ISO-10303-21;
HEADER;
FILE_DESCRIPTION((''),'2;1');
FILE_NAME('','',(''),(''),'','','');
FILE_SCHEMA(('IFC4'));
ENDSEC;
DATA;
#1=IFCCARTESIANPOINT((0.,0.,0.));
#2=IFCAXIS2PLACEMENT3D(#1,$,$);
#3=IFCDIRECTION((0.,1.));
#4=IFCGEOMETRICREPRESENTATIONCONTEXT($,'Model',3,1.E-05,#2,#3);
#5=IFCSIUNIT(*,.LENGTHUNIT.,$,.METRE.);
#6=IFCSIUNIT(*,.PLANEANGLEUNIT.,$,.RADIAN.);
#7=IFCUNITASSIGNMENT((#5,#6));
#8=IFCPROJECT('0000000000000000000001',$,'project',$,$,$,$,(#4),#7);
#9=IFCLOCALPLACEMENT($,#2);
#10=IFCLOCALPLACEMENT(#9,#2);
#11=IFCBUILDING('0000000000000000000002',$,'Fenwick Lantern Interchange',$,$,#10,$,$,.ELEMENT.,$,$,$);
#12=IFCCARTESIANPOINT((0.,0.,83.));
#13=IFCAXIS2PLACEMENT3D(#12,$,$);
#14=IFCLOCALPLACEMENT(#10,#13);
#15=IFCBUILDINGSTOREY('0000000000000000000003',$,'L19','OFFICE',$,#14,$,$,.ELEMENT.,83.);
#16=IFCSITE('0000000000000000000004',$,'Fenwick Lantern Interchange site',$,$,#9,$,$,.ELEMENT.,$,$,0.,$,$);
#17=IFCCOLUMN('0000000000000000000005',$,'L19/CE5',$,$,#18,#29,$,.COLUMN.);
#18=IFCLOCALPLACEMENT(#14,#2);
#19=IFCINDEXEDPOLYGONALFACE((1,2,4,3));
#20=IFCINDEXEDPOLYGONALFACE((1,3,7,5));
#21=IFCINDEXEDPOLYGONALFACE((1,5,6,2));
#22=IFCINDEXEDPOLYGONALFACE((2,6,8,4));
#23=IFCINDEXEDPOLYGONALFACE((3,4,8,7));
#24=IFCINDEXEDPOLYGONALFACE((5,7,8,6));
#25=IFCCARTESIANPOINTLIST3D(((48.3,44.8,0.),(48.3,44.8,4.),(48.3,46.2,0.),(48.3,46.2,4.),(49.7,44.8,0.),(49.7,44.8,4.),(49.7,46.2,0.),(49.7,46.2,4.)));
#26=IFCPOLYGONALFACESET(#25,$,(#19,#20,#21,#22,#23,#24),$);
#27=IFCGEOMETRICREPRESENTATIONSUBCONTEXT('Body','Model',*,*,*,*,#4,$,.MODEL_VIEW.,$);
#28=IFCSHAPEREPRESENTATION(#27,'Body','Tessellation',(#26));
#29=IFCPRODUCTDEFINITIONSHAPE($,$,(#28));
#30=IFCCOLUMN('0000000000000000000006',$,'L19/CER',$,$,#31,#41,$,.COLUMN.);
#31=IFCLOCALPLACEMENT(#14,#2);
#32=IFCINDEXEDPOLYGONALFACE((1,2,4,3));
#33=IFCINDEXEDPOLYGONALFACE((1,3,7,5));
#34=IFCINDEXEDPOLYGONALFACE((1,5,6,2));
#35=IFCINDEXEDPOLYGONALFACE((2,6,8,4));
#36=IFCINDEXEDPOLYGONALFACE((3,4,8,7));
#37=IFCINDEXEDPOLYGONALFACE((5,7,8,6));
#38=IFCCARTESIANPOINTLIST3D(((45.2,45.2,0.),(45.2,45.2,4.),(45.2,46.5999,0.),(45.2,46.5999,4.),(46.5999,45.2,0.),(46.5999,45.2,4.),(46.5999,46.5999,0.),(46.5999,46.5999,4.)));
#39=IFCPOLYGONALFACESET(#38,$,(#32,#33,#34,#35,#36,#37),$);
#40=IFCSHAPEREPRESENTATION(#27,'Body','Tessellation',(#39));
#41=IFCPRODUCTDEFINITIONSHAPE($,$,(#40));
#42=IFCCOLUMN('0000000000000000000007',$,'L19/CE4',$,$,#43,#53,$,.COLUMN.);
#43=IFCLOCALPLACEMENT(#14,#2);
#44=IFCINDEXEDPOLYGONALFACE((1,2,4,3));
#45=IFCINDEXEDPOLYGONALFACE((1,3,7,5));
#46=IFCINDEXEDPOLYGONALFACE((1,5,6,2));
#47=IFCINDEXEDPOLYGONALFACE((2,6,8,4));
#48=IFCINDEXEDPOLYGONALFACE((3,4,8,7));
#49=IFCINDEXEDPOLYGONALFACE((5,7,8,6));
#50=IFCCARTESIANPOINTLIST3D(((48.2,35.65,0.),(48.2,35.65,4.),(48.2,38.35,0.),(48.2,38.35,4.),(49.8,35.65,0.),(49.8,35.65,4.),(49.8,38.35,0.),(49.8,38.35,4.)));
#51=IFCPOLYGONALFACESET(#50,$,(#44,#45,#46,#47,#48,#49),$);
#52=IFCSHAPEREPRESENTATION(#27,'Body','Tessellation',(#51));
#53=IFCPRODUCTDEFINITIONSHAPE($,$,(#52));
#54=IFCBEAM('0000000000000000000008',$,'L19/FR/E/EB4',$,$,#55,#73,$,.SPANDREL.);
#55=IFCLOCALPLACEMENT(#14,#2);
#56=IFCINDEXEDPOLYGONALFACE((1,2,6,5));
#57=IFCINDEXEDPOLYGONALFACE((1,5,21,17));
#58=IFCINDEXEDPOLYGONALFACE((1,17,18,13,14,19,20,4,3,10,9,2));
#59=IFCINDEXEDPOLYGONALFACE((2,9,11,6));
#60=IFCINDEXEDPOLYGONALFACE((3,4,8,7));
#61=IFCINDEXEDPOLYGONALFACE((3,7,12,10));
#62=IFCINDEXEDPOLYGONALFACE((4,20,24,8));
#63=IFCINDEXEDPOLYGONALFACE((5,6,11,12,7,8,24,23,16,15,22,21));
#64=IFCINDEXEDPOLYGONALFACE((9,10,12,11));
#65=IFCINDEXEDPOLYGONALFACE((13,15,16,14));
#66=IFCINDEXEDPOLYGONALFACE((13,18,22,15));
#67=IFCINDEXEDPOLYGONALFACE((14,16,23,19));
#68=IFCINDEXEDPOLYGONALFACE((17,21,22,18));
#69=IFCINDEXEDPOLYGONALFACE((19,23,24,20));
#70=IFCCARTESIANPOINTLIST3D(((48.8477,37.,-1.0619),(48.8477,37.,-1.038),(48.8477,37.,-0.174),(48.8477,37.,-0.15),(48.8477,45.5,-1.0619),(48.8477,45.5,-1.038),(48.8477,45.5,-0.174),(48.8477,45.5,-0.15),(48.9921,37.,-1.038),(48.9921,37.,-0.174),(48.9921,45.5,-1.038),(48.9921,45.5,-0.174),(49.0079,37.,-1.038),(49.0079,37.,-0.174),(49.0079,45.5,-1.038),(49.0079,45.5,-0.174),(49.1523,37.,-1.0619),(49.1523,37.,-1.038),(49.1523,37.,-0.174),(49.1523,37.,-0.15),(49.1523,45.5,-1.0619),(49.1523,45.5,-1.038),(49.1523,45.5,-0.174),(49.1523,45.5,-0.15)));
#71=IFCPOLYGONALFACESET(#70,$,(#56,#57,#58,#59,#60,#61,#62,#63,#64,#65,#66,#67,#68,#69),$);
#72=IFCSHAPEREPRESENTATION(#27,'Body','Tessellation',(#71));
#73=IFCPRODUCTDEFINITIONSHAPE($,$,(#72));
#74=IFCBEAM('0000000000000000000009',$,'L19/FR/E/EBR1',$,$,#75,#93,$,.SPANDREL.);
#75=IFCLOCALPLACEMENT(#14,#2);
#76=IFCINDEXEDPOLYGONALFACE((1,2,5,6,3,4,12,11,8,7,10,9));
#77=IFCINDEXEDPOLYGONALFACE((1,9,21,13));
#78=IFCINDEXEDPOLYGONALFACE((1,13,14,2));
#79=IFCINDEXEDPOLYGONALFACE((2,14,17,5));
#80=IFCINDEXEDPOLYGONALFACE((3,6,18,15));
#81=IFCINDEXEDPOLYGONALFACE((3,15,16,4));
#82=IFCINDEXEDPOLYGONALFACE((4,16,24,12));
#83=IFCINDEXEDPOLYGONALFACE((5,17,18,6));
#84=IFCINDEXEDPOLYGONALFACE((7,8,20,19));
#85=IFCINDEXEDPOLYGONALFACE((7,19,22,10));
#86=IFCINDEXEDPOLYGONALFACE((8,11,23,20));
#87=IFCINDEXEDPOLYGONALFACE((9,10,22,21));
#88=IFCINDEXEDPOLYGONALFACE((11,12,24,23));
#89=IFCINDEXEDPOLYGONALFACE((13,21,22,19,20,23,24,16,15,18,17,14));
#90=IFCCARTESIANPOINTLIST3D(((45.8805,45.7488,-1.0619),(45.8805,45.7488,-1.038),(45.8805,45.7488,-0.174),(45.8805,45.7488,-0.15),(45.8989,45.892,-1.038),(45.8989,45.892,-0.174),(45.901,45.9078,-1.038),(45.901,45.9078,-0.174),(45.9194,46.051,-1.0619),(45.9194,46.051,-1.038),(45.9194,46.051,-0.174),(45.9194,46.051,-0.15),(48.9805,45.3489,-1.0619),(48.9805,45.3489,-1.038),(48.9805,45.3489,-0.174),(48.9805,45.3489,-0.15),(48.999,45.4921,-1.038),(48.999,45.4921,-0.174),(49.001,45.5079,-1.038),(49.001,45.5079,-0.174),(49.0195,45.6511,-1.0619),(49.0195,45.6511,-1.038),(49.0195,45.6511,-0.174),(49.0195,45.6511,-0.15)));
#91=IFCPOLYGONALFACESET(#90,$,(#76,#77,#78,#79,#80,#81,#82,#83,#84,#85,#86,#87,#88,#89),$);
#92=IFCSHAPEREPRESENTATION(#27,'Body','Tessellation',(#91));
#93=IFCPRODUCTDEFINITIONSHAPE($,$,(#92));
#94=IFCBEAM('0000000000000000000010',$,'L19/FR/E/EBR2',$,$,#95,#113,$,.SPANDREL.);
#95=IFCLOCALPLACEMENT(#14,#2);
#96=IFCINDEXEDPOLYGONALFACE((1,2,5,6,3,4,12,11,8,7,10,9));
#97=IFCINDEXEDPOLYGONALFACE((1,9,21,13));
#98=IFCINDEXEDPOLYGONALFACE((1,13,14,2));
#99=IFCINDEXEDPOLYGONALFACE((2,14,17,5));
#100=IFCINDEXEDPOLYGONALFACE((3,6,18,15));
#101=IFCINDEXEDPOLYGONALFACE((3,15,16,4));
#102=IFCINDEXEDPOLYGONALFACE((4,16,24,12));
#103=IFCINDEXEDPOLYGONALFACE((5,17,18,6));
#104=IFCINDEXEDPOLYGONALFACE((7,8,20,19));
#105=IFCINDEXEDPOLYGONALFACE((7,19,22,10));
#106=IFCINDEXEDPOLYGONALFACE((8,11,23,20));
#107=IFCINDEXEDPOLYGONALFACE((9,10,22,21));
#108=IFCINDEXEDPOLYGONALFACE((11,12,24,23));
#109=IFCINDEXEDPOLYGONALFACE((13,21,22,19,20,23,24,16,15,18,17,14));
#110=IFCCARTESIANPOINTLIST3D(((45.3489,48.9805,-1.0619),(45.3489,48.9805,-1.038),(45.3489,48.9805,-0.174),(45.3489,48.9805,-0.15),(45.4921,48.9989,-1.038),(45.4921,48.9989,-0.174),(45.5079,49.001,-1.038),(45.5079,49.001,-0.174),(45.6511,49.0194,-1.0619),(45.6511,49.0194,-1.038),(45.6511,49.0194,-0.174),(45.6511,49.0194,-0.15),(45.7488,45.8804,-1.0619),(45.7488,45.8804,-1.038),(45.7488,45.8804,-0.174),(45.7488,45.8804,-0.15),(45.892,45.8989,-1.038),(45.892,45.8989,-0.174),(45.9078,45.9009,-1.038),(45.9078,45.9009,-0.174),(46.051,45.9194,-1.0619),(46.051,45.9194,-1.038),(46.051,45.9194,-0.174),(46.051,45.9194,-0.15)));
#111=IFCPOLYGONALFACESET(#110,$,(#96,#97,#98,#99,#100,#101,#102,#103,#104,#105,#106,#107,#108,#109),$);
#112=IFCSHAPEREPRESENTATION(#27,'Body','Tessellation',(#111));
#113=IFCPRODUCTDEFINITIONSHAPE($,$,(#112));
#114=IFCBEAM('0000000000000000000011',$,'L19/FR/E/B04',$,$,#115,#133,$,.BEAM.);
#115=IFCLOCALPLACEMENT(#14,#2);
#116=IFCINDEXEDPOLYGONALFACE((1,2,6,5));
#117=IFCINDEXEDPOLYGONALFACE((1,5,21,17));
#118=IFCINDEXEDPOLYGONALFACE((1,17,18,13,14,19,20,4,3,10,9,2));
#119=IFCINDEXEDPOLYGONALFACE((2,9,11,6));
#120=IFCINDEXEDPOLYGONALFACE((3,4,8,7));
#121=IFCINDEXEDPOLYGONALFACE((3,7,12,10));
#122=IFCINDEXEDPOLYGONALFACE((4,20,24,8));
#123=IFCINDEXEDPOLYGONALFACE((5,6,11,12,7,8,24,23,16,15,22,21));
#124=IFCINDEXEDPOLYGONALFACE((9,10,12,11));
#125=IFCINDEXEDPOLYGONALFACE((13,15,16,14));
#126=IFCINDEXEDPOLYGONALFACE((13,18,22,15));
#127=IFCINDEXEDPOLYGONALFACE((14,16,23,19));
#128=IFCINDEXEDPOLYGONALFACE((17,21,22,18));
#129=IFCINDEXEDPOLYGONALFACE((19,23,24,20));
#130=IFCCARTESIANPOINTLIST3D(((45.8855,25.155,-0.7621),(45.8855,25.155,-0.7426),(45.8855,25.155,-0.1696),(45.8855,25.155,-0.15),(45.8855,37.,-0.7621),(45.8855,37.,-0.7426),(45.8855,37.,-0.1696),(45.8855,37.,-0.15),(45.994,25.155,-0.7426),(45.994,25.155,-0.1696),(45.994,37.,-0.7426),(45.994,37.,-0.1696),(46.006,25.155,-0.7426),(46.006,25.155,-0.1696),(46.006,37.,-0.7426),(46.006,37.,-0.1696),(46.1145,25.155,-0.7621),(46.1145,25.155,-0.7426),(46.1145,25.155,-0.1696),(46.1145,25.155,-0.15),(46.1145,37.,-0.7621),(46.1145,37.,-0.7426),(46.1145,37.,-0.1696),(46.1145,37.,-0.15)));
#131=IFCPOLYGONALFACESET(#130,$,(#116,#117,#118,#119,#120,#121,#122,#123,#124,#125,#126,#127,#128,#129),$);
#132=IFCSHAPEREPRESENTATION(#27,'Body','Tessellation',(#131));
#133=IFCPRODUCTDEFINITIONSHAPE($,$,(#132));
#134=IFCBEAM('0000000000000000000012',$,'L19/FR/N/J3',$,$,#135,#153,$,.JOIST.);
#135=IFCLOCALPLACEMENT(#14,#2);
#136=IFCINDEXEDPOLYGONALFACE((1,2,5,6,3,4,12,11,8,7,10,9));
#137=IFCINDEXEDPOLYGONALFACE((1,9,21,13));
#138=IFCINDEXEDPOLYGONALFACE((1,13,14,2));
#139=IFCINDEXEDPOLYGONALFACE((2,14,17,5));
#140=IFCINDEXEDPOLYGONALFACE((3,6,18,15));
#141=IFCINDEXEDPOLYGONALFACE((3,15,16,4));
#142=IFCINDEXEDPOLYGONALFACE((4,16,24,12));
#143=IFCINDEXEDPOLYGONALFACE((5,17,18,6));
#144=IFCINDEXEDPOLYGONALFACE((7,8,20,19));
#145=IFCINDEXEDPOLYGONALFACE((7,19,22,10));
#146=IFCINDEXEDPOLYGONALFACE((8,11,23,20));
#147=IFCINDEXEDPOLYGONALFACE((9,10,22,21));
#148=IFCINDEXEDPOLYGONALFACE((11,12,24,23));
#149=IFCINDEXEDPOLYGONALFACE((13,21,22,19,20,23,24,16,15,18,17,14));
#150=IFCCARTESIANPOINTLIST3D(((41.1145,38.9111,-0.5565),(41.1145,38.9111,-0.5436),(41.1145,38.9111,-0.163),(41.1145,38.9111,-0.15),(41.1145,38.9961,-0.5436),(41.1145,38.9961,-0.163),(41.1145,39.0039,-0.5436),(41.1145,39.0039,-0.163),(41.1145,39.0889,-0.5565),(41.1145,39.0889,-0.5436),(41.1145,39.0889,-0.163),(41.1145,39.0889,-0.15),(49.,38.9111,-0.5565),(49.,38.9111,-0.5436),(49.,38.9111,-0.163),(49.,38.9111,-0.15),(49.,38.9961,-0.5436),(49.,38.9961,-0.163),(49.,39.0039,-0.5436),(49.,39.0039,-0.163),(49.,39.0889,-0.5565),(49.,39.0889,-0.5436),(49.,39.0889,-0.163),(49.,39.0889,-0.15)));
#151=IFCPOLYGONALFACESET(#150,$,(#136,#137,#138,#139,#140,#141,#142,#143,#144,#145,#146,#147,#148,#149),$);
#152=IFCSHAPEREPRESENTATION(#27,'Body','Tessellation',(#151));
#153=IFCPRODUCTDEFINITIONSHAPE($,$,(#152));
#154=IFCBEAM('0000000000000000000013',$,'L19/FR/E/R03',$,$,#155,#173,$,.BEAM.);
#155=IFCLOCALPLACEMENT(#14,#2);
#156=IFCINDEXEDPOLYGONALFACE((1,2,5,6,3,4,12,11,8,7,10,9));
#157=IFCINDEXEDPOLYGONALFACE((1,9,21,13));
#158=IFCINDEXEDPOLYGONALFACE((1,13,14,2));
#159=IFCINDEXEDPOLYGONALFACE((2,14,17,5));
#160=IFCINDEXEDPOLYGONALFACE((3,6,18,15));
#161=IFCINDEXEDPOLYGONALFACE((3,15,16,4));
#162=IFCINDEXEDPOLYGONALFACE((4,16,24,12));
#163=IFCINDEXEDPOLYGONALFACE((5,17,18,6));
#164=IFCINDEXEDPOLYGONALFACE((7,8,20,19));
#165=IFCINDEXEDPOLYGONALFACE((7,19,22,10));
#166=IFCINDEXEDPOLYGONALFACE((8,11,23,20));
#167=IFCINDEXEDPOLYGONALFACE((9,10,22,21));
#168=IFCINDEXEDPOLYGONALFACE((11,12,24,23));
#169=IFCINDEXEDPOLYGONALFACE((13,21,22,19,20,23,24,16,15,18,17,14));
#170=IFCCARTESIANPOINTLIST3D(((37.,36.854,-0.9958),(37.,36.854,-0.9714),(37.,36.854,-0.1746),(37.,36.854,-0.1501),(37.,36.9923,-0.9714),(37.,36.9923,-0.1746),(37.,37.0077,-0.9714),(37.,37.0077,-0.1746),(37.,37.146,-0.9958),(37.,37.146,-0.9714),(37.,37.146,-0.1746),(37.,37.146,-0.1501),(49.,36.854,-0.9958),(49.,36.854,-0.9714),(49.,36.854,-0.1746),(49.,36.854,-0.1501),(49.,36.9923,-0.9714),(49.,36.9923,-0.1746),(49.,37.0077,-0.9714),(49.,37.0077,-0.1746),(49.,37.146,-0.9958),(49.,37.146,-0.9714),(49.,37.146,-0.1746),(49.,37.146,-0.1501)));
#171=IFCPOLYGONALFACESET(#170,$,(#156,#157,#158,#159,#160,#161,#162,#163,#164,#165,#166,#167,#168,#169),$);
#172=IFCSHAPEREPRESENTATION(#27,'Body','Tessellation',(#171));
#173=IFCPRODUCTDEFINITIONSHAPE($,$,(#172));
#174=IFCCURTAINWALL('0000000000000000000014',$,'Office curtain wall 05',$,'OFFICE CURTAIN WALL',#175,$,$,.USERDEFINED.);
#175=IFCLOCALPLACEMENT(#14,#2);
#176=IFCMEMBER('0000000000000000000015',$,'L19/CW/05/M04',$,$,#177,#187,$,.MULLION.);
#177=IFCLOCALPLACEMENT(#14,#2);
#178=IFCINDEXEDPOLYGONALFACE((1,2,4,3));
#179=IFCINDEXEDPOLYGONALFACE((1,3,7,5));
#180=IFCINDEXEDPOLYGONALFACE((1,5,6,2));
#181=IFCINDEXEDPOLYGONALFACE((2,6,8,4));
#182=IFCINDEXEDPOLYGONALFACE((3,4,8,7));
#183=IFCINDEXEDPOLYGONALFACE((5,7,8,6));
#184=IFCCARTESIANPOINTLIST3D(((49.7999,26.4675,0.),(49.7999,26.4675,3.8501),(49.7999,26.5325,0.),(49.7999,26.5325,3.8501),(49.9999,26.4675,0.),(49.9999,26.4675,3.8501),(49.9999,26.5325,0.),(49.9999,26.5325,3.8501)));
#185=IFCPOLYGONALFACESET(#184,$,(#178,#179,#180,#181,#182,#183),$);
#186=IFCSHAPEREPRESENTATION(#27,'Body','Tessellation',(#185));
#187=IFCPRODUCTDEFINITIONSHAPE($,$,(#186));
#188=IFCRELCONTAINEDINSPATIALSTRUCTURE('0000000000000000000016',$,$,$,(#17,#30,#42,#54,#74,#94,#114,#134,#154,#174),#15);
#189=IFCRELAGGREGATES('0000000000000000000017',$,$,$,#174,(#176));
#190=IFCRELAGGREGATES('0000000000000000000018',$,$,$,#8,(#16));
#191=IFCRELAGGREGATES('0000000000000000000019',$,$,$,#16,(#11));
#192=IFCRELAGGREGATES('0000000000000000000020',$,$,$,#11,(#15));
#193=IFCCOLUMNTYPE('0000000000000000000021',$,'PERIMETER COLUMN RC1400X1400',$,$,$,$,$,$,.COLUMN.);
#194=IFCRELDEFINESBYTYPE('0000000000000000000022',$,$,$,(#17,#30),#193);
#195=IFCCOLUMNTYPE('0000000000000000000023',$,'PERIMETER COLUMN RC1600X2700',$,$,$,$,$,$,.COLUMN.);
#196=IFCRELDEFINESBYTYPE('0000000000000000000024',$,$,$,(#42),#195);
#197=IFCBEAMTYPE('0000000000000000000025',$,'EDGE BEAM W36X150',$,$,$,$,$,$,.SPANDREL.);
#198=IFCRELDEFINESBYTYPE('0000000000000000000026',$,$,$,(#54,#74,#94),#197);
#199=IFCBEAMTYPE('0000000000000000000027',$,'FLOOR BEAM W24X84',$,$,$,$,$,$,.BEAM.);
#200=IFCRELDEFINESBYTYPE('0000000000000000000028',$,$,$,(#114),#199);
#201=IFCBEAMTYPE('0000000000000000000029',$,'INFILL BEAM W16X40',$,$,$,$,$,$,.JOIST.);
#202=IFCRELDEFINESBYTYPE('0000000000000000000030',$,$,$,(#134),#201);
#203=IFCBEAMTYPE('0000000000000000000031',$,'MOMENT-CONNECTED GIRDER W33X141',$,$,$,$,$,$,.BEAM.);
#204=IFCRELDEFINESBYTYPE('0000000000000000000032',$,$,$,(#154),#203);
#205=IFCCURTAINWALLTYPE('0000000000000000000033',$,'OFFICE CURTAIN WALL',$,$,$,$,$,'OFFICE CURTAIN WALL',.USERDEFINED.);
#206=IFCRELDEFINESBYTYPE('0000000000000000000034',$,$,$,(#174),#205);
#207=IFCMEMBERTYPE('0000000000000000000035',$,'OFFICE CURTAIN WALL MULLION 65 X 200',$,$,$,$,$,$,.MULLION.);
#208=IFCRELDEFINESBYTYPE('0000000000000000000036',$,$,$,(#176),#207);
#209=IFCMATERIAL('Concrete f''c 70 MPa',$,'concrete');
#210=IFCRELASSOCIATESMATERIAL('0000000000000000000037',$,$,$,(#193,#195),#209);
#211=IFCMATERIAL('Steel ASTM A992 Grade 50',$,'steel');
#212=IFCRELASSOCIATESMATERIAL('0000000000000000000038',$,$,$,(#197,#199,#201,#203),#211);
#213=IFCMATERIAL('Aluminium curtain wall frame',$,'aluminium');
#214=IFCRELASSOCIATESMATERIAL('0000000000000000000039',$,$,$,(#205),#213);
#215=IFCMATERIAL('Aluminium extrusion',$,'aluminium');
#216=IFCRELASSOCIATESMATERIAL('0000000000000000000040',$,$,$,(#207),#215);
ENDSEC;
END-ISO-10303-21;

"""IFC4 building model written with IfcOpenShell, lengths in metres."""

from ifc_helpers import new_model, si_unit, direction, frame, origin, origin_2d, place, context, subcontext, project, spatial, rectangle, i_section, extrude, material, material_profile, profile_set, type_object, element, aggregate, save


model = new_model("IFC4")

# Units and contexts
model_context = context("Model", 3, precision=1e-05, world=origin(), true_north=direction((0.0, 1.0)))
body_context = subcontext(model_context, "Body", "Model", "MODEL_VIEW")
ifc_project = project(units=[si_unit("LENGTHUNIT", "METRE"), si_unit("PLANEANGLEUNIT", "RADIAN")], contexts=[model_context])

# Site, building, storey
site_placement = place(None, origin())
site = spatial("IfcSite", under=ifc_project, at=site_placement, Name="Fenwick Lantern Interchange site", CompositionType="ELEMENT", RefElevation=0.0)
building_placement = place(site_placement, origin())
building = spatial("IfcBuilding", under=site, at=building_placement, Name="Fenwick Lantern Interchange", CompositionType="ELEMENT")
storey_placement = place(building_placement, frame((0.0, 0.0, 83.0)))
storey = spatial("IfcBuildingStorey", under=building, at=storey_placement, Name="L19", Description="OFFICE", CompositionType="ELEMENT", Elevation=83.0)

# Columns
ifc_material_1 = material(Name="Concrete f'c 70 MPa", Category="concrete")
ifc_material_profile_1 = material_profile(ifc_material_1, rectangle(XDim=1.3999, YDim=1.3999, at=origin_2d()), Name="RC1400X1400")
ifc_profile_set_1 = profile_set([ifc_material_profile_1], Name="Concrete f'c 70 MPa")
column_type_1 = type_object("IfcColumnType", Name="PERIMETER COLUMN RC1400X1400", PredefinedType="COLUMN", material=ifc_profile_set_1)
for number, where, z_axis, x_axis, name in (
    (1, (49.0, 45.5, 0.0), (0.0, 0.0, 1.0), (1.0, 0.0, 0.0), "L19/CE5"),
    (2, (45.8999, 45.8999, 0.0), (0.0, 0.0, 1.0), (1.0, 0.0, 0.0), "L19/CER"),
):
    element("IfcColumn", number, at=place(storey_placement, frame(where, z_axis=z_axis, x_axis=x_axis)), inside=storey, type_object=column_type_1, Name=name, PredefinedType="COLUMN", context=body_context, shape_type="SweptSolid", body=[
        extrude(rectangle(XDim=1.3999, YDim=1.3999, at=origin_2d()), origin(), (0.0, 0.0, 1.0), 4.0),
    ])
ifc_material_profile_2 = material_profile(ifc_material_1, rectangle(XDim=1.6001, YDim=2.7, at=origin_2d()), Name="RC1600X2700")
ifc_profile_set_2 = profile_set([ifc_material_profile_2], Name="Concrete f'c 70 MPa")
column_type_2 = type_object("IfcColumnType", Name="PERIMETER COLUMN RC1600X2700", PredefinedType="COLUMN", material=ifc_profile_set_2)
column_placement = place(storey_placement, frame((49.0, 37.0, 0.0), z_axis=(0.0, 0.0, 1.0), x_axis=(1.0, 0.0, 0.0)))
element("IfcColumn", 3, at=column_placement, inside=storey, type_object=column_type_2, Name="L19/CE4", PredefinedType="COLUMN", context=body_context, shape_type="SweptSolid", body=[
    extrude(rectangle(XDim=1.6001, YDim=2.7, at=origin_2d()), origin(), (0.0, 0.0, 1.0), 4.0),
])

# Beams
ifc_material_2 = material(Name="Steel ASTM A992 Grade 50", Category="steel")
ifc_material_profile_3 = material_profile(ifc_material_2, i_section(OverallWidth=0.3047, OverallDepth=0.9119, WebThickness=0.0159, FlangeThickness=0.0239, at=origin_2d()), Name="W36X150")
ifc_profile_set_3 = profile_set([ifc_material_profile_3], Name="Steel ASTM A992 Grade 50")
beam_type_1 = type_object("IfcBeamType", Name="EDGE BEAM W36X150", PredefinedType="SPANDREL", material=ifc_profile_set_3)
beam_1_placement = place(storey_placement, frame((49.0, 37.0, -0.606), z_axis=(0.0, 1.0, 0.0), x_axis=(-1.0, 0.0, 0.0)))
element("IfcBeam", 4, at=beam_1_placement, inside=storey, type_object=beam_type_1, Name="L19/FR/E/EB4", PredefinedType="SPANDREL", context=body_context, shape_type="SweptSolid", body=[
    extrude(i_section(OverallWidth=0.3047, OverallDepth=0.9119, WebThickness=0.0159, FlangeThickness=0.0239, at=origin_2d()), origin(), (0.0, 0.0, 1.0), 8.5),
])
for number, where, z_axis, x_axis, name in (
    (5, (49.0, 45.5, -0.606), (-0.991782, 0.127937, 0.0), (-0.127937, -0.991782, 0.0), "L19/FR/E/EBR1"),
    (6, (45.8999, 45.8999, -0.606), (-0.127937, 0.991782, 0.0), (-0.991782, -0.127937, 0.0), "L19/FR/E/EBR2"),
):
    element("IfcBeam", number, at=place(storey_placement, frame(where, z_axis=z_axis, x_axis=x_axis)), inside=storey, type_object=beam_type_1, Name=name, PredefinedType="SPANDREL", context=body_context, shape_type="SweptSolid", body=[
        extrude(i_section(OverallWidth=0.3047, OverallDepth=0.9119, WebThickness=0.0159, FlangeThickness=0.0239, at=origin_2d()), origin(), (0.0, 0.0, 1.0), 3.1257),
    ])
ifc_material_profile_4 = material_profile(ifc_material_2, i_section(OverallWidth=0.229, OverallDepth=0.6121, WebThickness=0.012, FlangeThickness=0.0195, at=origin_2d()), Name="W24X84")
ifc_profile_set_4 = profile_set([ifc_material_profile_4], Name="Steel ASTM A992 Grade 50")
beam_type_2 = type_object("IfcBeamType", Name="FLOOR BEAM W24X84", PredefinedType="BEAM", material=ifc_profile_set_4)
beam_2_placement = place(storey_placement, frame((46.0, 25.155, -0.4561), z_axis=(0.0, 1.0, 0.0), x_axis=(-1.0, 0.0, 0.0)))
element("IfcBeam", 7, at=beam_2_placement, inside=storey, type_object=beam_type_2, Name="L19/FR/E/B04", PredefinedType="BEAM", context=body_context, shape_type="SweptSolid", body=[
    extrude(i_section(OverallWidth=0.229, OverallDepth=0.6121, WebThickness=0.012, FlangeThickness=0.0195, at=origin_2d()), origin(), (0.0, 0.0, 1.0), 11.845),
])
ifc_material_profile_5 = material_profile(ifc_material_2, i_section(OverallWidth=0.1777, OverallDepth=0.4065, WebThickness=0.0078, FlangeThickness=0.0129, at=origin_2d()), Name="W16X40")
ifc_profile_set_5 = profile_set([ifc_material_profile_5], Name="Steel ASTM A992 Grade 50")
beam_type_3 = type_object("IfcBeamType", Name="INFILL BEAM W16X40", PredefinedType="JOIST", material=ifc_profile_set_5)
beam_3_placement = place(storey_placement, frame((49.0, 39.0, -0.3533), z_axis=(-1.0, 0.0, 0.0), x_axis=(0.0, -1.0, 0.0)))
element("IfcBeam", 8, at=beam_3_placement, inside=storey, type_object=beam_type_3, Name="L19/FR/N/J3", PredefinedType="JOIST", context=body_context, shape_type="SweptSolid", body=[
    extrude(i_section(OverallWidth=0.1777, OverallDepth=0.4065, WebThickness=0.0078, FlangeThickness=0.0129, at=origin_2d()), origin(), (0.0, 0.0, 1.0), 7.8855),
])
ifc_material_profile_6 = material_profile(ifc_material_2, i_section(OverallWidth=0.292, OverallDepth=0.8457, WebThickness=0.0154, FlangeThickness=0.0244, at=origin_2d()), Name="W33X141")
ifc_profile_set_6 = profile_set([ifc_material_profile_6], Name="Steel ASTM A992 Grade 50")
beam_type_4 = type_object("IfcBeamType", Name="MOMENT-CONNECTED GIRDER W33X141", PredefinedType="BEAM", material=ifc_profile_set_6)
beam_4_placement = place(storey_placement, frame((49.0, 37.0, -0.573), z_axis=(-1.0, 0.0, 0.0), x_axis=(0.0, -1.0, 0.0)))
element("IfcBeam", 9, at=beam_4_placement, inside=storey, type_object=beam_type_4, Name="L19/FR/E/R03", PredefinedType="BEAM", context=body_context, shape_type="SweptSolid", body=[
    extrude(i_section(OverallWidth=0.292, OverallDepth=0.8457, WebThickness=0.0154, FlangeThickness=0.0244, at=origin_2d()), origin(), (0.0, 0.0, 1.0), 12.0),
])

# Curtain wall, member
ifc_material_3 = material(Name="Aluminium curtain wall frame", Category="aluminium")
curtain_wall_type = type_object("IfcCurtainWallType", Name="OFFICE CURTAIN WALL", ElementType="OFFICE CURTAIN WALL", PredefinedType="USERDEFINED", material=ifc_material_3)
curtain_wall_1_placement = place(storey_placement, origin())
curtain_wall_1 = element("IfcCurtainWall", 10, at=curtain_wall_1_placement, inside=storey, type_object=curtain_wall_type, Name="Office curtain wall 05", ObjectType="OFFICE CURTAIN WALL", PredefinedType="USERDEFINED")
ifc_material_4 = material(Name="Aluminium extrusion", Category="aluminium")
ifc_material_profile_7 = material_profile(ifc_material_4, rectangle(XDim=0.2, YDim=0.0649, at=origin_2d()), Name="OFFICE CURTAIN WALL MULLION 65 X 200")
ifc_profile_set_7 = profile_set([ifc_material_profile_7], Name="Aluminium extrusion")
member_type_1 = type_object("IfcMemberType", Name="OFFICE CURTAIN WALL MULLION 65 X 200", PredefinedType="MULLION", material=ifc_profile_set_7)
member_1_placement = place(storey_placement, frame((49.8999, 26.5, 0.0), z_axis=(0.0, 0.0, 1.0), x_axis=(-1.0, 0.0, 0.0)))
member_1 = element("IfcMember", 11, at=member_1_placement, type_object=member_type_1, Name="L19/CW/05/M04", PredefinedType="MULLION", context=body_context, shape_type="SweptSolid", body=[
    extrude(rectangle(XDim=0.2, YDim=0.0649, at=origin_2d()), origin(), (0.0, 0.0, 1.0), 3.8501),
])

aggregate(curtain_wall_1, [member_1])

save(model, "model.ifc")
